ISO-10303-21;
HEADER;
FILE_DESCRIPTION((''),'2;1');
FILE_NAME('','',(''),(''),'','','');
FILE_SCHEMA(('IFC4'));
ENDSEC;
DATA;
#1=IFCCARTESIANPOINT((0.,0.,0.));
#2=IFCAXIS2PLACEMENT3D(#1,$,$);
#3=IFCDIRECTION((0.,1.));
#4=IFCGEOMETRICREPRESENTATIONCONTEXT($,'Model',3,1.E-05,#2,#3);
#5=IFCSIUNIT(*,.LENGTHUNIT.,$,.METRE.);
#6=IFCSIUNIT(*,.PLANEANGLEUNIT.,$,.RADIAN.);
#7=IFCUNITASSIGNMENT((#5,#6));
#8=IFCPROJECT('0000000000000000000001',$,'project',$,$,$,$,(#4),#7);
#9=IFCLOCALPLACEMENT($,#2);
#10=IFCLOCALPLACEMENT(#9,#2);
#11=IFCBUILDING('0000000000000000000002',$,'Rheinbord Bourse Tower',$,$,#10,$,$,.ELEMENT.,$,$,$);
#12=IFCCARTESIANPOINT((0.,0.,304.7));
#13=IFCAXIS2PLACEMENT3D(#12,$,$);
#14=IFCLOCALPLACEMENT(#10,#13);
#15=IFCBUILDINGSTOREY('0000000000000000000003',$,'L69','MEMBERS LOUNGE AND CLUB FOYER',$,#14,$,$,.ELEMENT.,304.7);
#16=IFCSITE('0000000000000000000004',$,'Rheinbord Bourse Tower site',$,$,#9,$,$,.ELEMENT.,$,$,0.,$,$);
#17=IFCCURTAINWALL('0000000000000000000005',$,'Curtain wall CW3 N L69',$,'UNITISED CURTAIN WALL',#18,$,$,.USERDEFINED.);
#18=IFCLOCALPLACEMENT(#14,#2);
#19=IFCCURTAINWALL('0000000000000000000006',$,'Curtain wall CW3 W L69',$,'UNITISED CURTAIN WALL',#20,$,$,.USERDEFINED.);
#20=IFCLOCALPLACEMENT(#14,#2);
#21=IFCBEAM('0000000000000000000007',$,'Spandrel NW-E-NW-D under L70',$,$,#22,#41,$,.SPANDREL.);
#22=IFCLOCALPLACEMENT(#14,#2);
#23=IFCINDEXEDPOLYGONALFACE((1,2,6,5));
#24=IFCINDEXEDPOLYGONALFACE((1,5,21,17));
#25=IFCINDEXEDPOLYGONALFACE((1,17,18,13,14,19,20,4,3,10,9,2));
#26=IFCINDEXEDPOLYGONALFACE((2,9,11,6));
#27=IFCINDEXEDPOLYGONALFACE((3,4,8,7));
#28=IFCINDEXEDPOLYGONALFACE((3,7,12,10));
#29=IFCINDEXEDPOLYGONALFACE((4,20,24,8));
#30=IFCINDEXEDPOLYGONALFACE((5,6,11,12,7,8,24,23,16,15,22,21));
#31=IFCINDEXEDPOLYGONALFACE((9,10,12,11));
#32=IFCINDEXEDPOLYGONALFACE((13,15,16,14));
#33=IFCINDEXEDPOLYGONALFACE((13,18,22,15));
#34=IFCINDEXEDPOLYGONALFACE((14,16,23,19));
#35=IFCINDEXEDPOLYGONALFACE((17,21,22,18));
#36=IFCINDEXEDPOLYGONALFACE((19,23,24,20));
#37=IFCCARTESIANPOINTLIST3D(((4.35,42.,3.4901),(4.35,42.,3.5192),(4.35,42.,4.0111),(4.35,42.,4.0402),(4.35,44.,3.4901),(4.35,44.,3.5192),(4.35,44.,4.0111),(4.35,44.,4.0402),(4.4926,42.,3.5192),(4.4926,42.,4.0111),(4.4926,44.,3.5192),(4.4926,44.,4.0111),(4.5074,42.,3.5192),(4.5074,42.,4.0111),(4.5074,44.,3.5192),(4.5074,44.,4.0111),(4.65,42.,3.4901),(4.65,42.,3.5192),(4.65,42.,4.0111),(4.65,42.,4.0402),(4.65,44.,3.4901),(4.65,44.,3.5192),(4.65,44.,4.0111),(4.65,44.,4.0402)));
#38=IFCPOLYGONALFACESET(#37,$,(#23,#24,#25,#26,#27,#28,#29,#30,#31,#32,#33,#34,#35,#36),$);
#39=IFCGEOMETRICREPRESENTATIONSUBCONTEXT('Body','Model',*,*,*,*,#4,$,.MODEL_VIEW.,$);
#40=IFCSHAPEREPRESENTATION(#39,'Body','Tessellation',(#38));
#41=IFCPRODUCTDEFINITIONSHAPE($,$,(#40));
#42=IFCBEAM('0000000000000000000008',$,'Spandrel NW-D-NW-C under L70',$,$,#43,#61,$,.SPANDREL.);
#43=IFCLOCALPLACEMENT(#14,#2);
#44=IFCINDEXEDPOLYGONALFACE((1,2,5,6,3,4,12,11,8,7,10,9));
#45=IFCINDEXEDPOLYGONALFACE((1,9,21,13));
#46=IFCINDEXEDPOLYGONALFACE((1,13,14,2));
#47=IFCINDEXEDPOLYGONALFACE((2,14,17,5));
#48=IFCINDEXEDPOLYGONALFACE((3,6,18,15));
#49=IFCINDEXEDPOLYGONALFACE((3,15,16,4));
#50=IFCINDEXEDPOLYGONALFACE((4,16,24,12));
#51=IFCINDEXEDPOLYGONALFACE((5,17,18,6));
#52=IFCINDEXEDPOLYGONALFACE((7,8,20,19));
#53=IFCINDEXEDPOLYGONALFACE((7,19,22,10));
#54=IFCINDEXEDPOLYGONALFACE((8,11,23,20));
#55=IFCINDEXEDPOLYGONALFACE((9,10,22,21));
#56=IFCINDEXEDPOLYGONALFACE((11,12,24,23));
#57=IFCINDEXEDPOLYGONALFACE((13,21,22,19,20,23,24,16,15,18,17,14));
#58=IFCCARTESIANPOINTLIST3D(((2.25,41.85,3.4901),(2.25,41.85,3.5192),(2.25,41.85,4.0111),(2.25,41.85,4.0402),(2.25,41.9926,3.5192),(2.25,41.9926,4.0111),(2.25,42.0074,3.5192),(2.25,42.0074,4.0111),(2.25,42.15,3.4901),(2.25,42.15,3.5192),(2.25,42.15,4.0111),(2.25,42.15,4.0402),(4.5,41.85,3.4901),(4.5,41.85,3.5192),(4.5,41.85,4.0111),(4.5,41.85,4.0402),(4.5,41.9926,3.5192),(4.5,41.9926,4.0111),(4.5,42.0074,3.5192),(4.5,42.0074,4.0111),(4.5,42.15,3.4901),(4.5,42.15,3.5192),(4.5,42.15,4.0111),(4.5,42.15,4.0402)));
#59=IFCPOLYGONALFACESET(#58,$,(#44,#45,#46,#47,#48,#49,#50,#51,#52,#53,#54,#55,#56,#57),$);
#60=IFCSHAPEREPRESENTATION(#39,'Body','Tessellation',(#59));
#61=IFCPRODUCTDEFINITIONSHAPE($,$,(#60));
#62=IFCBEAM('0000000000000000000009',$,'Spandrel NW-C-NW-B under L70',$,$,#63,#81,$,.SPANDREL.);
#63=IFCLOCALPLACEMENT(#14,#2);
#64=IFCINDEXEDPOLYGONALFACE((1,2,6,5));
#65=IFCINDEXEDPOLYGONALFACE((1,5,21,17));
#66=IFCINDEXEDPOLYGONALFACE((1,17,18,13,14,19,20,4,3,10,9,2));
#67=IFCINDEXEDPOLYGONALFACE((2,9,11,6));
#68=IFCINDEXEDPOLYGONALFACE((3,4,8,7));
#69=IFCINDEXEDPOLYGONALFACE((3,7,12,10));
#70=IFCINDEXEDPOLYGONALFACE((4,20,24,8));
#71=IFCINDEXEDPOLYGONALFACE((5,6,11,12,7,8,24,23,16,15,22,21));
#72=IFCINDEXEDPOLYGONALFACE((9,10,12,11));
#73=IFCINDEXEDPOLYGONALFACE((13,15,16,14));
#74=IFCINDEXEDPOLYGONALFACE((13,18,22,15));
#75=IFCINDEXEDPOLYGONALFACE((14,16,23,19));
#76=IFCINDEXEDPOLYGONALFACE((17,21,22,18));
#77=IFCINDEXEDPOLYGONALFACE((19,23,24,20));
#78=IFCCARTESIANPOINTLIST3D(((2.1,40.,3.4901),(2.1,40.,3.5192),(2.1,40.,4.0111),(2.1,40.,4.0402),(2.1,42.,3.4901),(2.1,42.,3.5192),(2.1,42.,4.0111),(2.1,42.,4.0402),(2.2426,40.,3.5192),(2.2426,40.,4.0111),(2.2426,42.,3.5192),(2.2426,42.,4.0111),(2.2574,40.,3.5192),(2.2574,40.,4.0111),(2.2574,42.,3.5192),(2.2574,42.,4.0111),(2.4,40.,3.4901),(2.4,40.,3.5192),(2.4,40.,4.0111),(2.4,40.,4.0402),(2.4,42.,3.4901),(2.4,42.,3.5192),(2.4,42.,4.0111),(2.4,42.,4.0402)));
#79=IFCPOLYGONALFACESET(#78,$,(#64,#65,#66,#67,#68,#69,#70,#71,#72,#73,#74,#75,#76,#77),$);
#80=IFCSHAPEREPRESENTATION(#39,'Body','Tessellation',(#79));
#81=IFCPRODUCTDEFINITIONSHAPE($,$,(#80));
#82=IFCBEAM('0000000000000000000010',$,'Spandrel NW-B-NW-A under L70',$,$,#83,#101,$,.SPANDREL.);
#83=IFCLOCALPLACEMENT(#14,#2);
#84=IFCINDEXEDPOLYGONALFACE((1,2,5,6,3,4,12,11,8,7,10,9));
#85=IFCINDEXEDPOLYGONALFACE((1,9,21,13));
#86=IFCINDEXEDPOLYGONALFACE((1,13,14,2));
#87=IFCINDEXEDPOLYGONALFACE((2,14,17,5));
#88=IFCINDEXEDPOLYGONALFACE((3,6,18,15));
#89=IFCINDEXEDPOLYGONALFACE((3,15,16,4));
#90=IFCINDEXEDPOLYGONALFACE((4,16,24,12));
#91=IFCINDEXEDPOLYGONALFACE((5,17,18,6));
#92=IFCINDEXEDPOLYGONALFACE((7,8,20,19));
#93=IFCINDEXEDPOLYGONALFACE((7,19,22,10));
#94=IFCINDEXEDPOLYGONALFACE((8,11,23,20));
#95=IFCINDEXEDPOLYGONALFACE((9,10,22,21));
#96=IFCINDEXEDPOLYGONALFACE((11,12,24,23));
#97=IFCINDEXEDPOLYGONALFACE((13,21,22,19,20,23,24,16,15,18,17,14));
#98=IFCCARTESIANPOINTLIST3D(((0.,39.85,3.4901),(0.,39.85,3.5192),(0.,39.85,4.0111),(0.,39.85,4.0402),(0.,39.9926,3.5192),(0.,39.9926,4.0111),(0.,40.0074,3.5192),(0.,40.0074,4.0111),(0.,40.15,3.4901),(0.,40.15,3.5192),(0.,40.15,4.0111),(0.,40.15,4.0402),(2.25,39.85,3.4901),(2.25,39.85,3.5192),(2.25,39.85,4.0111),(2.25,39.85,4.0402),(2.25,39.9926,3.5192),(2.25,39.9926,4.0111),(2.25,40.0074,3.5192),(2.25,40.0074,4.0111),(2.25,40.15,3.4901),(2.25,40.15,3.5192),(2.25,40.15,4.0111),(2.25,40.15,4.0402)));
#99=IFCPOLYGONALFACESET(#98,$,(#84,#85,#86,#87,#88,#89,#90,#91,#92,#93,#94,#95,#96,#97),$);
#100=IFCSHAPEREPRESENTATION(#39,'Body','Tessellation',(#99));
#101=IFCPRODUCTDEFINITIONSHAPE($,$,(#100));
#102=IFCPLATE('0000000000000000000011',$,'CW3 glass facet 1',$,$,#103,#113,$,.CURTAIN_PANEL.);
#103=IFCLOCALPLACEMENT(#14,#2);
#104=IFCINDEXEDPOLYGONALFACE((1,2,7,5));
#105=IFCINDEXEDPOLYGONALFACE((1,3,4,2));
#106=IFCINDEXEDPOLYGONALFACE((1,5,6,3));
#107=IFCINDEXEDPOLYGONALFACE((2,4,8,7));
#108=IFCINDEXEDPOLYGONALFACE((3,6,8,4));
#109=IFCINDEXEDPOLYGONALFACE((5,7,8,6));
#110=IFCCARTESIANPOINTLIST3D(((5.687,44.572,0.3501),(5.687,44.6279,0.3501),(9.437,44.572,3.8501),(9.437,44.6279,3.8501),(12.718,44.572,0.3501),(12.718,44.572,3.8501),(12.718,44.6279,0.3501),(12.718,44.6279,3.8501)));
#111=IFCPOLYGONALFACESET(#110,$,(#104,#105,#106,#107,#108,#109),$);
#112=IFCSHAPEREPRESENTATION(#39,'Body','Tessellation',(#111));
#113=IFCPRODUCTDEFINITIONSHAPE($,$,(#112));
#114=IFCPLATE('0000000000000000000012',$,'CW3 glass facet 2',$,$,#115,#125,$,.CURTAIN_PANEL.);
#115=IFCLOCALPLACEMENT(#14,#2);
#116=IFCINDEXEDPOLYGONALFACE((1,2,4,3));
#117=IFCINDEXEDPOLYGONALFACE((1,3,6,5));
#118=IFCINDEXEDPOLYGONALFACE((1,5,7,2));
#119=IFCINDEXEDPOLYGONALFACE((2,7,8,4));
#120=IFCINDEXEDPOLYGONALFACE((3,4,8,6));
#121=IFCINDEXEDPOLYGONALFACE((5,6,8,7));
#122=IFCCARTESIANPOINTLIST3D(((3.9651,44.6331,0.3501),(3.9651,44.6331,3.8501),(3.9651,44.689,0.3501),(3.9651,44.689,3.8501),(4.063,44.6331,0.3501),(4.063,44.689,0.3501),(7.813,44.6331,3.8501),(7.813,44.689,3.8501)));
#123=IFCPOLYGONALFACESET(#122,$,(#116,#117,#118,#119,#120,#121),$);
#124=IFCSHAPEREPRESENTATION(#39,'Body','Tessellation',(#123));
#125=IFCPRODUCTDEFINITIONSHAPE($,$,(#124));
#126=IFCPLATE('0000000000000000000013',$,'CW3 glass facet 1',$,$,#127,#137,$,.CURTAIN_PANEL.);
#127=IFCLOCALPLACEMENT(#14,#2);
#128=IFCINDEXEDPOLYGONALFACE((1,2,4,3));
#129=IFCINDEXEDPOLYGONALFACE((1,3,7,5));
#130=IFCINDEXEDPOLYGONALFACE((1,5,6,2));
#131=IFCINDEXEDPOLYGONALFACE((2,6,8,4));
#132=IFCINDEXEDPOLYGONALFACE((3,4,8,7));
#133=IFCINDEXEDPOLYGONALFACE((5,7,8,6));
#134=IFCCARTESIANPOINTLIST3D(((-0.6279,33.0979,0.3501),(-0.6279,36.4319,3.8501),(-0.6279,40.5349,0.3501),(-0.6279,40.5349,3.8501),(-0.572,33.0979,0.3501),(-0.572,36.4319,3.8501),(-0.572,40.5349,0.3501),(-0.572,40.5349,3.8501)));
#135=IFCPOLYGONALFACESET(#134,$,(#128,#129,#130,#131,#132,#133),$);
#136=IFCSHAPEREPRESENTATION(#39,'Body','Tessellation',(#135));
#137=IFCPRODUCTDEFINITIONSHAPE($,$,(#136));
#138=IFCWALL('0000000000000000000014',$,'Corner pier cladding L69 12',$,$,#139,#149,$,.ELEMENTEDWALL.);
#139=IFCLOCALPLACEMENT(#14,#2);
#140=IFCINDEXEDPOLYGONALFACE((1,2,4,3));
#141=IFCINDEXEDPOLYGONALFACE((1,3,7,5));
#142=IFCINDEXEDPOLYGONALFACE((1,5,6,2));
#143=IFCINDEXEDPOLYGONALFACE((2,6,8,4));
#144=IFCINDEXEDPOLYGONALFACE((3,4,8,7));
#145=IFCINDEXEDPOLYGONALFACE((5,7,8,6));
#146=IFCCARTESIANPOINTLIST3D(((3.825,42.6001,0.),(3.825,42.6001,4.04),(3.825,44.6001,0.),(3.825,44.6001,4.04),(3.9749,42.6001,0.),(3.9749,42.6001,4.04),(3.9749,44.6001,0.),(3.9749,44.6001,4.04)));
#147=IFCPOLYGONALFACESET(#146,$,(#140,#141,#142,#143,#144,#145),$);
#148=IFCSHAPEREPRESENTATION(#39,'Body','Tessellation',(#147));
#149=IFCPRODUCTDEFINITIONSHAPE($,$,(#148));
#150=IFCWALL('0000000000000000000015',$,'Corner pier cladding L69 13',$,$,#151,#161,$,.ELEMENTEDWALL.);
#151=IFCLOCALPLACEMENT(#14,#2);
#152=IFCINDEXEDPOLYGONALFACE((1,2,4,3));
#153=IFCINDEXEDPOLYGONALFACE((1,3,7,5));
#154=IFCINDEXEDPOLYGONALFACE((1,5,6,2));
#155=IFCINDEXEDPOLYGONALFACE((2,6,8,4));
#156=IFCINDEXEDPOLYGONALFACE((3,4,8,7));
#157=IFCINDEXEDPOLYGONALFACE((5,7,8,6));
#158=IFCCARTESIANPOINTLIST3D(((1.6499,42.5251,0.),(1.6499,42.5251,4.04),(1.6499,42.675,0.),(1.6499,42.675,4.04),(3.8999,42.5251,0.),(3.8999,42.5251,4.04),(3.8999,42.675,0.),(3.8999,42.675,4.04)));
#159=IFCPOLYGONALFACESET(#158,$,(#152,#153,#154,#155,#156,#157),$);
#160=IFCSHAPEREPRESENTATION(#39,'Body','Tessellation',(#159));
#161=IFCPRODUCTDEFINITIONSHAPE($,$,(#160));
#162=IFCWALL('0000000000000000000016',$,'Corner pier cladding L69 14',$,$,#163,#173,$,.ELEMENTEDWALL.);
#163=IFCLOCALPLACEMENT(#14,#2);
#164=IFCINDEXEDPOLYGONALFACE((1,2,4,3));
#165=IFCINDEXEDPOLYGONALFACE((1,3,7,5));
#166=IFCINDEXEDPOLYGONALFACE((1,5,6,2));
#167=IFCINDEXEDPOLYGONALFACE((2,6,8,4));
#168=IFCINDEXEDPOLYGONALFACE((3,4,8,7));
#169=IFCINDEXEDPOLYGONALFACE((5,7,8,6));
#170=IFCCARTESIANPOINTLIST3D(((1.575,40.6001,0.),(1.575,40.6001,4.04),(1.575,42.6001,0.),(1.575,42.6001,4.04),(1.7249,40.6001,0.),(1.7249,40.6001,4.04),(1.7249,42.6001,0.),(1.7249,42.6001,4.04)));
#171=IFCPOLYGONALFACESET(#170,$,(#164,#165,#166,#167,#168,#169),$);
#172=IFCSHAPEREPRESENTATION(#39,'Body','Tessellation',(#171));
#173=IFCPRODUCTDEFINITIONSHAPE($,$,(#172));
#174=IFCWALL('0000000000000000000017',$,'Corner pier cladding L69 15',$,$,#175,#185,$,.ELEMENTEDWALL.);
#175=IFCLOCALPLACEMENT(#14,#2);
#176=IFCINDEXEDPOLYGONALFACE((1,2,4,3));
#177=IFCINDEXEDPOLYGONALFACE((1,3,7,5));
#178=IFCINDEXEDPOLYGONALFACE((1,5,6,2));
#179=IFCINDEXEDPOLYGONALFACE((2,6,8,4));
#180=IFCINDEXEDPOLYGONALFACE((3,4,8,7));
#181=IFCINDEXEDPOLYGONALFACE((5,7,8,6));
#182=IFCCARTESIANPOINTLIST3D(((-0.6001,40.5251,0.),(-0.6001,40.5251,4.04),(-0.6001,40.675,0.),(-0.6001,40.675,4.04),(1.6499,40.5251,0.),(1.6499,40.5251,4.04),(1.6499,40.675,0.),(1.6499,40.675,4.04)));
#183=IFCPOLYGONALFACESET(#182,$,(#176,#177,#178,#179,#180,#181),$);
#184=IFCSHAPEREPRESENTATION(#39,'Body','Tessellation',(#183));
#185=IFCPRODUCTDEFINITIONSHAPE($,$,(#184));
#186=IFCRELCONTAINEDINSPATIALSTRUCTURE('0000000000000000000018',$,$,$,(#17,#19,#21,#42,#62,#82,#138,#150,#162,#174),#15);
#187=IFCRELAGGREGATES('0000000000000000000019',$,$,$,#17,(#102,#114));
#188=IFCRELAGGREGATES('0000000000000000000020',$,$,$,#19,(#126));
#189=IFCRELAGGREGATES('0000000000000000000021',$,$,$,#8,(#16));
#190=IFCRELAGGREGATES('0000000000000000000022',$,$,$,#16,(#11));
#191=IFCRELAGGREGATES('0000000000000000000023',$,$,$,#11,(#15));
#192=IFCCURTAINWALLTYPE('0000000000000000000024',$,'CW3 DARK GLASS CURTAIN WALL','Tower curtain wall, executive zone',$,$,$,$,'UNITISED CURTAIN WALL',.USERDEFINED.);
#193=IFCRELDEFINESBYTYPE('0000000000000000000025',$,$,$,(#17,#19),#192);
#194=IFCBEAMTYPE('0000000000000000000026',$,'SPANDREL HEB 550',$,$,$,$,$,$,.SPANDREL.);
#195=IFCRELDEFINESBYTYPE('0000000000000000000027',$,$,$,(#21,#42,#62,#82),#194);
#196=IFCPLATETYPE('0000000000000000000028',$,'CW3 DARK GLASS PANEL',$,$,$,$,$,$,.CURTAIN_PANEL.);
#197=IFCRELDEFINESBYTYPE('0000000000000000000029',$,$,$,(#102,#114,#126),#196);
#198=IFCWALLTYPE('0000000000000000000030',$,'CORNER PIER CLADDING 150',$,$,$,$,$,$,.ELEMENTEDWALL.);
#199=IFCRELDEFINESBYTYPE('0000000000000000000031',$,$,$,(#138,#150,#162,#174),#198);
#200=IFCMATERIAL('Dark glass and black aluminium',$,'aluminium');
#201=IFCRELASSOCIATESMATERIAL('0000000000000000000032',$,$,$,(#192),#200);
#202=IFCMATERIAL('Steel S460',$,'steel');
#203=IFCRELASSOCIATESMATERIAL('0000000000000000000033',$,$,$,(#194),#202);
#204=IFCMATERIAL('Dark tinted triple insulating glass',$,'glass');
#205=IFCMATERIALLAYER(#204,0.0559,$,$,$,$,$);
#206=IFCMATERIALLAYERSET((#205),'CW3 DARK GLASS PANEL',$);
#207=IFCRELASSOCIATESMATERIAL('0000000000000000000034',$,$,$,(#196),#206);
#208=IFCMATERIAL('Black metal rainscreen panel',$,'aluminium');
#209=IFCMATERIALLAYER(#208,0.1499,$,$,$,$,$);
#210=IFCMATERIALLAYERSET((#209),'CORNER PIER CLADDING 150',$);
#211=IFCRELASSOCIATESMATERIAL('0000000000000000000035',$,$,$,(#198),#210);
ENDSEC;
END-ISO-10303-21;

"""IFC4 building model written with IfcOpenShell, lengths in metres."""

from ifc_helpers import new_model, si_unit, direction, frame, frame_2d, origin, origin_2d, place, context, subcontext, project, spatial, polyline, rectangle, i_section, outline, extrude, material, layer, layer_set, material_profile, profile_set, type_object, element, aggregate, save


model = new_model("IFC4")

# Units and contexts
model_context = context("Model", 3, precision=1e-05, world=origin(), true_north=direction((0.0, 1.0)))
body_context = subcontext(model_context, "Body", "Model", "MODEL_VIEW")
ifc_project = project(units=[si_unit("LENGTHUNIT", "METRE"), si_unit("PLANEANGLEUNIT", "RADIAN")], contexts=[model_context])

# Site, building, storey
site_placement = place(None, origin())
site = spatial("IfcSite", under=ifc_project, at=site_placement, Name="Rheinbord Bourse Tower site", CompositionType="ELEMENT", RefElevation=0.0)
building_placement = place(site_placement, origin())
building = spatial("IfcBuilding", under=site, at=building_placement, Name="Rheinbord Bourse Tower", CompositionType="ELEMENT")
storey_placement = place(building_placement, frame((0.0, 0.0, 304.7)))
storey = spatial("IfcBuildingStorey", under=building, at=storey_placement, Name="L69", Description="MEMBERS LOUNGE AND CLUB FOYER", CompositionType="ELEMENT", Elevation=304.7)

# Curtain wall
ifc_material_1 = material(Name="Dark glass and black aluminium", Category="aluminium")
curtain_wall_type = type_object("IfcCurtainWallType", Name="CW3 DARK GLASS CURTAIN WALL", Description="Tower curtain wall, executive zone", ElementType="UNITISED CURTAIN WALL", PredefinedType="USERDEFINED", material=ifc_material_1)
curtain_wall_1_placement = place(storey_placement, origin())
curtain_wall_1 = element("IfcCurtainWall", 1, at=curtain_wall_1_placement, inside=storey, type_object=curtain_wall_type, Name="Curtain wall CW3 N L69", ObjectType="UNITISED CURTAIN WALL", PredefinedType="USERDEFINED")

# Curtain wall
curtain_wall_2_placement = place(storey_placement, origin())
curtain_wall_2 = element("IfcCurtainWall", 2, at=curtain_wall_2_placement, inside=storey, type_object=curtain_wall_type, Name="Curtain wall CW3 W L69", ObjectType="UNITISED CURTAIN WALL", PredefinedType="USERDEFINED")

# Beams
ifc_material_2 = material(Name="Steel S460", Category="steel")
ifc_material_profile_1 = material_profile(ifc_material_2, i_section(OverallWidth=0.3, OverallDepth=0.55, WebThickness=0.0149, FlangeThickness=0.0291, at=origin_2d()), Name="HEB 550")
ifc_profile_set_1 = profile_set([ifc_material_profile_1], Name="Steel S460")
beam_type_1 = type_object("IfcBeamType", Name="SPANDREL HEB 550", PredefinedType="SPANDREL", material=ifc_profile_set_1)
beam_1_placement = place(storey_placement, frame((4.5, 44.0, 3.7651), z_axis=(0.0, -1.0, 0.0), x_axis=(1.0, 0.0, 0.0)))
element("IfcBeam", 3, at=beam_1_placement, inside=storey, type_object=beam_type_1, Name="Spandrel NW-E-NW-D under L70", PredefinedType="SPANDREL", context=body_context, shape_type="SweptSolid", body=[
    extrude(i_section(OverallWidth=0.3, OverallDepth=0.55, WebThickness=0.0149, FlangeThickness=0.0291, at=origin_2d()), origin(), (0.0, 0.0, 1.0), 2.0),
])
beam_2_placement = place(storey_placement, frame((4.5, 42.0, 3.7651), z_axis=(-1.0, 0.0, 0.0), x_axis=(0.0, -1.0, 0.0)))
element("IfcBeam", 4, at=beam_2_placement, inside=storey, type_object=beam_type_1, Name="Spandrel NW-D-NW-C under L70", PredefinedType="SPANDREL", context=body_context, shape_type="SweptSolid", body=[
    extrude(i_section(OverallWidth=0.3, OverallDepth=0.55, WebThickness=0.0149, FlangeThickness=0.0291, at=origin_2d()), origin(), (0.0, 0.0, 1.0), 2.25),
])
beam_3_placement = place(storey_placement, frame((2.25, 42.0, 3.7651), z_axis=(0.0, -1.0, 0.0), x_axis=(1.0, 0.0, 0.0)))
element("IfcBeam", 5, at=beam_3_placement, inside=storey, type_object=beam_type_1, Name="Spandrel NW-C-NW-B under L70", PredefinedType="SPANDREL", context=body_context, shape_type="SweptSolid", body=[
    extrude(i_section(OverallWidth=0.3, OverallDepth=0.55, WebThickness=0.0149, FlangeThickness=0.0291, at=origin_2d()), origin(), (0.0, 0.0, 1.0), 2.0),
])
beam_4_placement = place(storey_placement, frame((2.25, 40.0, 3.7651), z_axis=(-1.0, 0.0, 0.0), x_axis=(0.0, -1.0, 0.0)))
element("IfcBeam", 6, at=beam_4_placement, inside=storey, type_object=beam_type_1, Name="Spandrel NW-B-NW-A under L70", PredefinedType="SPANDREL", context=body_context, shape_type="SweptSolid", body=[
    extrude(i_section(OverallWidth=0.3, OverallDepth=0.55, WebThickness=0.0149, FlangeThickness=0.0291, at=origin_2d()), origin(), (0.0, 0.0, 1.0), 2.25),
])

# Plates
ifc_material_3 = material(Name="Dark tinted triple insulating glass", Category="glass")
ifc_layer_1 = layer(ifc_material_3, 0.0559)
ifc_layer_set_1 = layer_set([ifc_layer_1], Name="CW3 DARK GLASS PANEL")
plate_type = type_object("IfcPlateType", Name="CW3 DARK GLASS PANEL", PredefinedType="CURTAIN_PANEL", material=ifc_layer_set_1)
plate_1_placement = place(storey_placement, frame((12.718, 44.6279, 0.3501), z_axis=(0.0, -1.0, 0.0), x_axis=(0.0, 0.0, 1.0)))
plate_1 = element("IfcPlate", 7, at=plate_1_placement, type_object=plate_type, Name="CW3 glass facet 1", PredefinedType="CURTAIN_PANEL", context=body_context, shape_type="SweptSolid", body=[
    extrude(outline(polyline([(0.0, 0.0), (3.5, 0.0), (3.5, 3.281), (0.0, 7.031), (0.0, 0.0)])), origin(), (0.0, 0.0, 1.0), 0.0559),
])
plate_2_placement = place(storey_placement, frame((3.9651, 44.689, 3.8501), z_axis=(0.0, -1.0, 0.0), x_axis=(0.0, 0.0, -1.0)))
plate_2 = element("IfcPlate", 8, at=plate_2_placement, type_object=plate_type, Name="CW3 glass facet 2", PredefinedType="CURTAIN_PANEL", context=body_context, shape_type="SweptSolid", body=[
    extrude(outline(polyline([(0.0, 0.0), (3.5, 0.0), (3.5, 0.0979), (0.0, 3.8479), (0.0, 0.0)])), origin(), (0.0, 0.0, 1.0), 0.0559),
])
aggregate(curtain_wall_1, [plate_1, plate_2])
plate_3_placement = place(storey_placement, frame((-0.6279, 40.5349, 0.3501), z_axis=(1.0, 0.0, 0.0), x_axis=(0.0, 0.0, 1.0)))
plate_3 = element("IfcPlate", 9, at=plate_3_placement, type_object=plate_type, Name="CW3 glass facet 1", PredefinedType="CURTAIN_PANEL", context=body_context, shape_type="SweptSolid", body=[
    extrude(outline(polyline([(0.0, 0.0), (3.5, 0.0), (3.5, 4.103), (0.0, 7.437), (0.0, 0.0)])), origin(), (0.0, 0.0, 1.0), 0.0559),
])
aggregate(curtain_wall_2, [plate_3])

# Walls
ifc_material_4 = material(Name="Black metal rainscreen panel", Category="aluminium")
ifc_layer_2 = layer(ifc_material_4, 0.1499)
ifc_layer_set_2 = layer_set([ifc_layer_2], Name="CORNER PIER CLADDING 150")
wall_type = type_object("IfcWallType", Name="CORNER PIER CLADDING 150", PredefinedType="ELEMENTEDWALL", material=ifc_layer_set_2)
wall_1_placement = place(storey_placement, frame((3.8999, 44.6001, 0.0), z_axis=(0.0, 0.0, 1.0), x_axis=(0.0, -1.0, 0.0)))
element("IfcWall", 10, at=wall_1_placement, inside=storey, type_object=wall_type, Name="Corner pier cladding L69 12", PredefinedType="ELEMENTEDWALL", context=body_context, shape_type="SweptSolid", body=[
    extrude(rectangle(XDim=2.0, YDim=0.1499, at=frame_2d((1.0, 0.0))), origin(), (0.0, 0.0, 1.0), 4.04),
])
wall_2_placement = place(storey_placement, frame((3.8999, 42.6001, 0.0), z_axis=(0.0, 0.0, 1.0), x_axis=(-1.0, 0.0, 0.0)))
element("IfcWall", 11, at=wall_2_placement, inside=storey, type_object=wall_type, Name="Corner pier cladding L69 13", PredefinedType="ELEMENTEDWALL", context=body_context, shape_type="SweptSolid", body=[
    extrude(rectangle(XDim=2.25, YDim=0.1499, at=frame_2d((1.125, 0.0))), origin(), (0.0, 0.0, 1.0), 4.04),
])
wall_3_placement = place(storey_placement, frame((1.6499, 42.6001, 0.0), z_axis=(0.0, 0.0, 1.0), x_axis=(0.0, -1.0, 0.0)))
element("IfcWall", 12, at=wall_3_placement, inside=storey, type_object=wall_type, Name="Corner pier cladding L69 14", PredefinedType="ELEMENTEDWALL", context=body_context, shape_type="SweptSolid", body=[
    extrude(rectangle(XDim=2.0, YDim=0.1499, at=frame_2d((1.0, 0.0))), origin(), (0.0, 0.0, 1.0), 4.04),
])
wall_4_placement = place(storey_placement, frame((1.6499, 40.6001, 0.0), z_axis=(0.0, 0.0, 1.0), x_axis=(-1.0, 0.0, 0.0)))
element("IfcWall", 13, at=wall_4_placement, inside=storey, type_object=wall_type, Name="Corner pier cladding L69 15", PredefinedType="ELEMENTEDWALL", context=body_context, shape_type="SweptSolid", body=[
    extrude(rectangle(XDim=2.25, YDim=0.1499, at=frame_2d((1.125, 0.0))), origin(), (0.0, 0.0, 1.0), 4.04),
])

save(model, "model.ifc")
